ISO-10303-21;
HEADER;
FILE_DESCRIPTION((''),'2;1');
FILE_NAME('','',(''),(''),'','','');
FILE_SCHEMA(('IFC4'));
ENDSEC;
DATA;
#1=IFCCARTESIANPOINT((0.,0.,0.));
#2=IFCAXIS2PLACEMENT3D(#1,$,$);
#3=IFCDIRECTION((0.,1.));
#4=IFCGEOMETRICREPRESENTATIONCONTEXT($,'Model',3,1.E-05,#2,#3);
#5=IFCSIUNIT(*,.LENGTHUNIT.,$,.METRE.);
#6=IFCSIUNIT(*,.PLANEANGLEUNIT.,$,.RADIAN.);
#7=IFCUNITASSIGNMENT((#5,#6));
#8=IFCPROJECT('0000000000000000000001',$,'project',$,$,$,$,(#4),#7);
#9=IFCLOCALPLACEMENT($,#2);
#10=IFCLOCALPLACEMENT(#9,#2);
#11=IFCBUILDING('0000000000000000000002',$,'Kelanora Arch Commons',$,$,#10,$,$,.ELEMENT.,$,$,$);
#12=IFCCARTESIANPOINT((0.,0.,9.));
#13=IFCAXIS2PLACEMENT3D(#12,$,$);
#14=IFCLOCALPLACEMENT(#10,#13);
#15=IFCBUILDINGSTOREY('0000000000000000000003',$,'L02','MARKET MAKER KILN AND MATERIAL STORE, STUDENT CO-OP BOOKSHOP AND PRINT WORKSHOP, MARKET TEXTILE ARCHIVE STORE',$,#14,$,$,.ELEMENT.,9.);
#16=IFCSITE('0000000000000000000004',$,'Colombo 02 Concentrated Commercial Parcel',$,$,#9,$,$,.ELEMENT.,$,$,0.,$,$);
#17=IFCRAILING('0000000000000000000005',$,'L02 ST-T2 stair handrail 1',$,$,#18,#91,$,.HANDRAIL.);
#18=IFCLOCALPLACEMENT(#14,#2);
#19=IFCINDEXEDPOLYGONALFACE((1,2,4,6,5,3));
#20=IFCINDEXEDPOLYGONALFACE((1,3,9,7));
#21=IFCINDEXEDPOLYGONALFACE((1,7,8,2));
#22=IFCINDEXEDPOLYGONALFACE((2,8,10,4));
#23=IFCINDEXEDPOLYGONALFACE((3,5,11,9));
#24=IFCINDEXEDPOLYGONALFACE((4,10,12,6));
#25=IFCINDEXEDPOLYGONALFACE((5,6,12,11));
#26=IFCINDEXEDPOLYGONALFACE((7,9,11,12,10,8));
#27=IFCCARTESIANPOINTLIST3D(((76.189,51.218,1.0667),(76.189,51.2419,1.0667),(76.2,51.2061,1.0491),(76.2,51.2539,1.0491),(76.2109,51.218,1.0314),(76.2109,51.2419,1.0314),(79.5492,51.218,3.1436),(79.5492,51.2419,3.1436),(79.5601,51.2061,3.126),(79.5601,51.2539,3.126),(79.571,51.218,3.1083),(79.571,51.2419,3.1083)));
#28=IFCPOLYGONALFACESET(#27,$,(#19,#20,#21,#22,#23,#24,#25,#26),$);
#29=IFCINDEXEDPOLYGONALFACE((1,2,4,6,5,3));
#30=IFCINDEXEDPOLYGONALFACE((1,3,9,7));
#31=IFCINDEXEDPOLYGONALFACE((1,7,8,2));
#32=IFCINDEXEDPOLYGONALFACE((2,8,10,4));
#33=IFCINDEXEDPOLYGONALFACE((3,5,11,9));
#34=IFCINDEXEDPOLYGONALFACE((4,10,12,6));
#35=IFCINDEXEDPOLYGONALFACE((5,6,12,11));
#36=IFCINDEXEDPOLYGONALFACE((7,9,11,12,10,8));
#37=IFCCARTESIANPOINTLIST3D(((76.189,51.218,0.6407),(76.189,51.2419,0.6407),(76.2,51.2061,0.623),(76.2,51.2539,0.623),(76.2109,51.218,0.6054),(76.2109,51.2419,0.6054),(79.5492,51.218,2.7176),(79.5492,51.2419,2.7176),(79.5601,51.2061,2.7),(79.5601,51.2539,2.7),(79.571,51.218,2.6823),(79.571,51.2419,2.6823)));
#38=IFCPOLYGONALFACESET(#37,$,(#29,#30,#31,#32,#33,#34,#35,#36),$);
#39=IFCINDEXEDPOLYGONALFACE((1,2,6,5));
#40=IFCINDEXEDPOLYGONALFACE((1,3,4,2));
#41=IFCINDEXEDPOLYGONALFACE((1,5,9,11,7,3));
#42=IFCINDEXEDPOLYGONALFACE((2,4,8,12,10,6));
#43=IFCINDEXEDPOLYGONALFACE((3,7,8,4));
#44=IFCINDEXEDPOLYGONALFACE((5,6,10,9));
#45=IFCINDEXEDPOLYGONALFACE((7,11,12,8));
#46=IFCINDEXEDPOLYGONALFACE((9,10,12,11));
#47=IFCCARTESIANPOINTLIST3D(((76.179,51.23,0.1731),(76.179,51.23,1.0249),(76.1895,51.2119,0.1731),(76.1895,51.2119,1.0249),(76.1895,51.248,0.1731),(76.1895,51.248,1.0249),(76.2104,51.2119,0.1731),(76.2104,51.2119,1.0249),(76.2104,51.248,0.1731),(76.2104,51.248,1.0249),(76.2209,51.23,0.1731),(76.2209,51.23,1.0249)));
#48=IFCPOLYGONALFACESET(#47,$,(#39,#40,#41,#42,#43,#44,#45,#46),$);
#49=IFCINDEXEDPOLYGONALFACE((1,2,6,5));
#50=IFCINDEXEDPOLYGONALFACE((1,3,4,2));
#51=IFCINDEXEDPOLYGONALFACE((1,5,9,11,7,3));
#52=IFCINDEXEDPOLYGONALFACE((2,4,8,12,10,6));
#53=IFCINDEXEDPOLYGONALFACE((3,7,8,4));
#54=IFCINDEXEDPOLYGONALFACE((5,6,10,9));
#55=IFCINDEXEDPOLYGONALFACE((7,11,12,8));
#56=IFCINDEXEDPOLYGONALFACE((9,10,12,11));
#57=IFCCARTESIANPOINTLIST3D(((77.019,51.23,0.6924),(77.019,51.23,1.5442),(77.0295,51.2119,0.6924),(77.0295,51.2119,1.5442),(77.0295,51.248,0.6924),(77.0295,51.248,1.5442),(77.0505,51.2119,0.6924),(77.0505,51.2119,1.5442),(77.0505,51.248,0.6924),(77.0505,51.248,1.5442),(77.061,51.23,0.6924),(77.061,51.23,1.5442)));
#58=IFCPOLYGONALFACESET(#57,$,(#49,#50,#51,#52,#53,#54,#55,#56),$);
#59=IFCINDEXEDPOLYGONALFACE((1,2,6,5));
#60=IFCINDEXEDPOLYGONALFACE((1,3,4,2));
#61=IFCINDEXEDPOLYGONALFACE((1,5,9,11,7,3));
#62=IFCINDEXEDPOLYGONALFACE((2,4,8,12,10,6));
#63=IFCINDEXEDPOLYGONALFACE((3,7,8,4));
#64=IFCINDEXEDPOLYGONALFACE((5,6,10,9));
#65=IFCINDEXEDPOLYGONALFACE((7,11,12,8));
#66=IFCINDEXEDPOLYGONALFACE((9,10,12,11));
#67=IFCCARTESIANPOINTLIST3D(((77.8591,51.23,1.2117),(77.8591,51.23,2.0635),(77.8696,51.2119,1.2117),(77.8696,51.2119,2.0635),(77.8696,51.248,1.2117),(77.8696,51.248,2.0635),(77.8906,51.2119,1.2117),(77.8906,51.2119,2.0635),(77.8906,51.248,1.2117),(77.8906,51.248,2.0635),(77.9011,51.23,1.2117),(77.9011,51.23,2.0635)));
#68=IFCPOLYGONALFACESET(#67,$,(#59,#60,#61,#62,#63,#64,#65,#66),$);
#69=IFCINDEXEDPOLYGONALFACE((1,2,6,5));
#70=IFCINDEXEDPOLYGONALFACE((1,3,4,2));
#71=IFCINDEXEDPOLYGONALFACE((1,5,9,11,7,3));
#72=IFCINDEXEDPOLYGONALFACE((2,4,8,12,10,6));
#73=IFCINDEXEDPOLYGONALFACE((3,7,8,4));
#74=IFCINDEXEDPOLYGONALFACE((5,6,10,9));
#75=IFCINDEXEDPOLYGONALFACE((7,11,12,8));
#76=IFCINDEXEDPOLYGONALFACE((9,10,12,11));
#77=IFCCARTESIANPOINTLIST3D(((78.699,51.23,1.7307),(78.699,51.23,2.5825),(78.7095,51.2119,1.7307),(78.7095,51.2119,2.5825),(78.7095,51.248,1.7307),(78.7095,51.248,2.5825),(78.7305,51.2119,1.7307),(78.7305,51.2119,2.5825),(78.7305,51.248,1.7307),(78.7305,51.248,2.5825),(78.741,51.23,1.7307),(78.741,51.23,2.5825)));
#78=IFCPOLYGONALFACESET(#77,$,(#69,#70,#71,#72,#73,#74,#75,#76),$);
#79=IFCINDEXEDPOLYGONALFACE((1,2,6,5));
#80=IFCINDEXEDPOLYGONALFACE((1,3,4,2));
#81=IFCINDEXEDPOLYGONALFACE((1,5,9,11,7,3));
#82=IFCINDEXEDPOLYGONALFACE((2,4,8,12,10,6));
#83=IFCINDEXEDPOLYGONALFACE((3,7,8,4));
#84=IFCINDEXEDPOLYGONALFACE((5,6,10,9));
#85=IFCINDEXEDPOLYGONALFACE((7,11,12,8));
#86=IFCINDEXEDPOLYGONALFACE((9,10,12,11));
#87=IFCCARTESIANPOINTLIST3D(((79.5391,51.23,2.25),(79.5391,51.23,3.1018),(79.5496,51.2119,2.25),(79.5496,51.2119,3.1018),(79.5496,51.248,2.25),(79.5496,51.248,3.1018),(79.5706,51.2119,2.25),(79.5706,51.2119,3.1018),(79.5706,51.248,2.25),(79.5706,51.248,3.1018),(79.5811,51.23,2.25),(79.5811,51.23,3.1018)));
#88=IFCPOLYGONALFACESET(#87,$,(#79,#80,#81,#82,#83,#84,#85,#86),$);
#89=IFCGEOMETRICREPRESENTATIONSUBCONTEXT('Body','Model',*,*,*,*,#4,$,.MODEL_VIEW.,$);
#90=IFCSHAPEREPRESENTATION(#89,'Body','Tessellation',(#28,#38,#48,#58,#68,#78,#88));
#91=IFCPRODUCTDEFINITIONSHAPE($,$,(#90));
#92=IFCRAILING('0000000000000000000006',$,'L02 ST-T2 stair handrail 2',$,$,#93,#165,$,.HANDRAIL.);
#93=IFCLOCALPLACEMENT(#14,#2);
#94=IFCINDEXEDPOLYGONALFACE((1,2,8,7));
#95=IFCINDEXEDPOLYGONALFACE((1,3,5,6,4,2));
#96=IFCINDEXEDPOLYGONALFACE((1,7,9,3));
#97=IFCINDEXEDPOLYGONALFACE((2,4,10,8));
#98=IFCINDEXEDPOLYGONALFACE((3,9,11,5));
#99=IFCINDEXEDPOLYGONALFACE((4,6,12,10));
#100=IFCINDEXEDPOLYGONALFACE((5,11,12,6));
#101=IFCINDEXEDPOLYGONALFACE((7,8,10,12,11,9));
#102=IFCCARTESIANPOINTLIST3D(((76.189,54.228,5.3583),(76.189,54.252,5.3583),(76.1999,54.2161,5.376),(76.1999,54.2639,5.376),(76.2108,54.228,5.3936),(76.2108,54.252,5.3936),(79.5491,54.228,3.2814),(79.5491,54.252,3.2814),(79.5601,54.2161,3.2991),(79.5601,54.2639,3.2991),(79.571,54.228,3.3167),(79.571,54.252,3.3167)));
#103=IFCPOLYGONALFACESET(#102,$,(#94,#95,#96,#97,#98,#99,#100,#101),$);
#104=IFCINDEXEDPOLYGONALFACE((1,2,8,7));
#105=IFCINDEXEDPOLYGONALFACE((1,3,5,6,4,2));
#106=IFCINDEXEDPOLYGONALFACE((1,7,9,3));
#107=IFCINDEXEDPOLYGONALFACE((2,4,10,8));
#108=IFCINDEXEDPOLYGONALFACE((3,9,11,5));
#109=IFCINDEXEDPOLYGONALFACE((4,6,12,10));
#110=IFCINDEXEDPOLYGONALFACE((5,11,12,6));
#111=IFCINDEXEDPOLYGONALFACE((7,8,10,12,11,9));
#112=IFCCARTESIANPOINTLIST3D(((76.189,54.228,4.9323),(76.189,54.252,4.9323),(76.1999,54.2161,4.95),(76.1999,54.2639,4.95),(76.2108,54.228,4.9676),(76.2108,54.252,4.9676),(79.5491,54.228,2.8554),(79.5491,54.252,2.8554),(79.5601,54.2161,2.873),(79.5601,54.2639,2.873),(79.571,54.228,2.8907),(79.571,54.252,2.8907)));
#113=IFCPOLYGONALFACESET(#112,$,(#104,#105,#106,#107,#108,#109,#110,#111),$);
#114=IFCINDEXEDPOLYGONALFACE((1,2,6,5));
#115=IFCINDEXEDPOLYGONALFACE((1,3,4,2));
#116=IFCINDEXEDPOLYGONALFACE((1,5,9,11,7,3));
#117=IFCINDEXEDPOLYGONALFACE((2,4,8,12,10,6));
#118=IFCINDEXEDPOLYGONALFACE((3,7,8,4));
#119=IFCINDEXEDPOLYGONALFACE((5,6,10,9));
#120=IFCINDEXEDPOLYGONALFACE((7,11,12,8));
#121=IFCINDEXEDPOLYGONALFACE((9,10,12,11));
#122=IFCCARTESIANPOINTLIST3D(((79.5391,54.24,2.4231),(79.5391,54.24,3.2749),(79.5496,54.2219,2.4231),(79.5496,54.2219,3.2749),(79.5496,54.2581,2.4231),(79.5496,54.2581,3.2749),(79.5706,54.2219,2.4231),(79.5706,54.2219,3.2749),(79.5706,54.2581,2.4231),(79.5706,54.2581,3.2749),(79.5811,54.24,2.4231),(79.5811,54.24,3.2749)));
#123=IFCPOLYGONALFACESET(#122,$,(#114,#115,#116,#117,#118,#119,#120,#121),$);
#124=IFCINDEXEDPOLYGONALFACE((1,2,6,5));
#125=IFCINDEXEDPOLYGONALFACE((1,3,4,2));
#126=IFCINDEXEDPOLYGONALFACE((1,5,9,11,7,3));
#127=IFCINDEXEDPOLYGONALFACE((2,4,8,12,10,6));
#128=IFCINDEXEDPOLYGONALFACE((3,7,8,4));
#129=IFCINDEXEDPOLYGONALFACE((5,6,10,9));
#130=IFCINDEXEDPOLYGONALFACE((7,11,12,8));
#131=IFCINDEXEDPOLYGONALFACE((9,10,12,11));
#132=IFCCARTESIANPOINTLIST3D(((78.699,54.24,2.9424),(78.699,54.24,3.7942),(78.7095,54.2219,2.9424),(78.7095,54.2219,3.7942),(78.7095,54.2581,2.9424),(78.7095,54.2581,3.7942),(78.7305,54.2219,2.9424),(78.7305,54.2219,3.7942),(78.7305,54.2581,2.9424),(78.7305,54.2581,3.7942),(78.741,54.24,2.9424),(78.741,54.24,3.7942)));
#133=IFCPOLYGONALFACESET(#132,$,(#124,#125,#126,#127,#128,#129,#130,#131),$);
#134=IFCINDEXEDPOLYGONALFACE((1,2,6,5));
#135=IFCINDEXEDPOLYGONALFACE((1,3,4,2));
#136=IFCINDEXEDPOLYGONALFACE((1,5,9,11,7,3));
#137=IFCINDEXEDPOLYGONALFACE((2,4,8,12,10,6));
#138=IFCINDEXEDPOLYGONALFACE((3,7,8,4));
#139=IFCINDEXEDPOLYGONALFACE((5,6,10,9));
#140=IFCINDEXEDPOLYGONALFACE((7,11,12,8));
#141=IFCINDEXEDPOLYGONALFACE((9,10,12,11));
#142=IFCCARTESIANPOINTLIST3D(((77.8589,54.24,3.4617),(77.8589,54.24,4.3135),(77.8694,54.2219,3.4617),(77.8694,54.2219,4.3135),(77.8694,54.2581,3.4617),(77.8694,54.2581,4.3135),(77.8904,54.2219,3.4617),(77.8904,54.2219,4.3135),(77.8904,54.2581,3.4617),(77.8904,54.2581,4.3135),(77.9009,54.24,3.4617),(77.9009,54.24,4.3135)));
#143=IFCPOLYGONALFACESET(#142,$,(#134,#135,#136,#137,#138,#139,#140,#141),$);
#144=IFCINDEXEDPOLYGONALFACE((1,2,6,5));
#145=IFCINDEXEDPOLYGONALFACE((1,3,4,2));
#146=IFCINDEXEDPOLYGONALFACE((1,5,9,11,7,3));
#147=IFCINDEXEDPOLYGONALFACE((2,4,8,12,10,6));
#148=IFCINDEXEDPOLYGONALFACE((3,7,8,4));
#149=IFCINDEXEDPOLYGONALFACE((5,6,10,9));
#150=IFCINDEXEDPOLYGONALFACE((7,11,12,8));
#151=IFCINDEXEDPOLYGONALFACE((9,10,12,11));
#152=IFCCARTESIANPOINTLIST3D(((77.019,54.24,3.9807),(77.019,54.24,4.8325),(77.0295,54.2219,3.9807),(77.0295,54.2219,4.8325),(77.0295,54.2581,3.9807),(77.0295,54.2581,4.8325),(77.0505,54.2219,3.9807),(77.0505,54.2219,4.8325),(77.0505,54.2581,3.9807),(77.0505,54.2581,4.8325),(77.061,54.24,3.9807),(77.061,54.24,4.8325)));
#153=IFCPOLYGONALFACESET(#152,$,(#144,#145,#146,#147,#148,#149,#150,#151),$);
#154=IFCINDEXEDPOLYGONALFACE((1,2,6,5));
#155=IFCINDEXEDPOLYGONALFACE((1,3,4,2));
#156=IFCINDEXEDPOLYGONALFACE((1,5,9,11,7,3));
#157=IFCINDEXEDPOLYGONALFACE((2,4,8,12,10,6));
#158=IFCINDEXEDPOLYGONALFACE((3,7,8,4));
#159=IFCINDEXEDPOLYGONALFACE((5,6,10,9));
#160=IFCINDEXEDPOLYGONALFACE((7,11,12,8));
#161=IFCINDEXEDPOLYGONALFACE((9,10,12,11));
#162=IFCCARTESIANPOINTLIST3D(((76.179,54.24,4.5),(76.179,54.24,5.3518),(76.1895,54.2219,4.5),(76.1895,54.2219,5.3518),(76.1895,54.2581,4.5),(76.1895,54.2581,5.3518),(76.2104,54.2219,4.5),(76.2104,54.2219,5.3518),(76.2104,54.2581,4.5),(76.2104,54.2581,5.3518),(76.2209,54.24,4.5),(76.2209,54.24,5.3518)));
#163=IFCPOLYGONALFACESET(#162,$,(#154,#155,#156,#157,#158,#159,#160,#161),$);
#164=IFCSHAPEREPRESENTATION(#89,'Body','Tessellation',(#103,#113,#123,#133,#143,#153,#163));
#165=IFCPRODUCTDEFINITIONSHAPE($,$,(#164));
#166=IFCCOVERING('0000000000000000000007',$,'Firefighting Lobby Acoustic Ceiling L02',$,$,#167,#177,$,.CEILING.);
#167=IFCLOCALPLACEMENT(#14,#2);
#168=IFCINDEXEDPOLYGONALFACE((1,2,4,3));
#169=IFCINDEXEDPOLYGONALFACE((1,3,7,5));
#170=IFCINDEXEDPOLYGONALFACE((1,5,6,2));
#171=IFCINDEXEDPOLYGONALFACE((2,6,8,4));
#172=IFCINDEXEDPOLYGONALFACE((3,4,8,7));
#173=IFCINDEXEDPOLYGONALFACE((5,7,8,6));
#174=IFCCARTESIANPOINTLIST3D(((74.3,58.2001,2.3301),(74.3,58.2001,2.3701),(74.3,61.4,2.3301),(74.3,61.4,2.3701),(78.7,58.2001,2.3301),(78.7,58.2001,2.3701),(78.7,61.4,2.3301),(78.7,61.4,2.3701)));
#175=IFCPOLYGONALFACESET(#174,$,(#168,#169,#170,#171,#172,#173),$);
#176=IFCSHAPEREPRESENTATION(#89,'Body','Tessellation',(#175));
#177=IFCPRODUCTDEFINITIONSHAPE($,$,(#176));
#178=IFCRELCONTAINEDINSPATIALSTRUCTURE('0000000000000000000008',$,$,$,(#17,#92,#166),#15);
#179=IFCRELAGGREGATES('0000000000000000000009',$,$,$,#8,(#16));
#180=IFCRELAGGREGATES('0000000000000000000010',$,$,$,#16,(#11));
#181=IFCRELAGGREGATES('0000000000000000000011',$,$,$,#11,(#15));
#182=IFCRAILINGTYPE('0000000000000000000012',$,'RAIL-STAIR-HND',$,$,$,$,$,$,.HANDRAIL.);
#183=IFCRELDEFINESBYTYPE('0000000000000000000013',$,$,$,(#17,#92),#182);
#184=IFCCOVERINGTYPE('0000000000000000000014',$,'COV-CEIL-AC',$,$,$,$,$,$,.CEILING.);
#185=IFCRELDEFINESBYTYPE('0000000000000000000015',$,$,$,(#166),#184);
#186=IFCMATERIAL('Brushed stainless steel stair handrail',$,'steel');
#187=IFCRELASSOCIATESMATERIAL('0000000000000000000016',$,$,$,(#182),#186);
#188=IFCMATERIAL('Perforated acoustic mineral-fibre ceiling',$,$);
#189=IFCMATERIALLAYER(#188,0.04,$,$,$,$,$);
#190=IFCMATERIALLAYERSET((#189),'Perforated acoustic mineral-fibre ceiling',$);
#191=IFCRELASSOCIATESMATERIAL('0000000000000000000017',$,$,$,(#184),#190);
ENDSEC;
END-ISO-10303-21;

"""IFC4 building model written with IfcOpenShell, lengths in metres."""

from ifc_helpers import new_model, si_unit, direction, frame, origin, origin_2d, place, context, subcontext, project, spatial, polyline, rectangle, outline, extrude, source, transform, mapped, material, layer, layer_set, type_object, element, save


model = new_model("IFC4")

# Units and contexts
model_context = context("Model", 3, precision=1e-05, world=origin(), true_north=direction((0.0, 1.0)))
body_context = subcontext(model_context, "Body", "Model", "MODEL_VIEW")
ifc_project = project(units=[si_unit("LENGTHUNIT", "METRE"), si_unit("PLANEANGLEUNIT", "RADIAN")], contexts=[model_context])

# Site, building, storey
site_placement = place(None, origin())
site = spatial("IfcSite", under=ifc_project, at=site_placement, Name="Colombo 02 Concentrated Commercial Parcel", CompositionType="ELEMENT", RefElevation=0.0)
building_placement = place(site_placement, origin())
building = spatial("IfcBuilding", under=site, at=building_placement, Name="Kelanora Arch Commons", CompositionType="ELEMENT")
storey_placement = place(building_placement, frame((0.0, 0.0, 9.0)))
storey = spatial("IfcBuildingStorey", under=building, at=storey_placement, Name="L02", Description="MARKET MAKER KILN AND MATERIAL STORE, STUDENT CO-OP BOOKSHOP AND PRINT WORKSHOP, MARKET TEXTILE ARCHIVE STORE", CompositionType="ELEMENT", Elevation=9.0)

# Railings
ifc_material_1 = material(Name="Brushed stainless steel stair handrail", Category="steel")
railing_type_1 = type_object("IfcRailingType", Name="RAIL-STAIR-HND", PredefinedType="HANDRAIL", material=ifc_material_1)
railing_1_placement = place(storey_placement, frame((76.2, 51.23, 0.1731)))
element("IfcRailing", 1, at=railing_1_placement, inside=storey, type_object=railing_type_1, Name="L02 ST-T2 stair handrail 1", PredefinedType="HANDRAIL", context=body_context, shape_type="SweptSolid", body=[
    extrude(outline(polyline([(0.0239, 0.0), (0.012, 0.0208), (-0.012, 0.0208), (-0.0239, 0.0), (-0.012, -0.0208), (0.012, -0.0208), (0.0239, 0.0)])), frame((0.0, 0.0, 0.876), z_axis=(0.850623, 0.0, 0.525776), x_axis=(0.0, 1.0, 0.0)), (0.0, 0.0, 1.0), 3.9502),
    extrude(outline(polyline([(0.0239, 0.0), (0.012, 0.0208), (-0.012, 0.0208), (-0.0239, 0.0), (-0.012, -0.0208), (0.012, -0.0208), (0.0239, 0.0)])), frame((0.0, 0.0, 0.45), z_axis=(0.850623, 0.0, 0.525776), x_axis=(0.0, 1.0, 0.0)), (0.0, 0.0, 1.0), 3.9502),
    extrude(outline(polyline([(0.021, 0.0), (0.0105, 0.0181), (-0.0105, 0.0181), (-0.021, 0.0), (-0.0105, -0.0181), (0.0105, -0.0181), (0.021, 0.0)])), origin(), (0.0, 0.0, 1.0), 0.8518),
    extrude(outline(polyline([(0.021, 0.0), (0.0105, 0.0181), (-0.0105, 0.0181), (-0.021, 0.0), (-0.0105, -0.0181), (0.0105, -0.0181), (0.021, 0.0)])), frame((0.8401, 0.0, 0.5193)), (0.0, 0.0, 1.0), 0.8518),
    extrude(outline(polyline([(0.021, 0.0), (0.0105, 0.0181), (-0.0105, 0.0181), (-0.021, 0.0), (-0.0105, -0.0181), (0.0105, -0.0181), (0.021, 0.0)])), frame((1.6802, 0.0, 1.0386)), (0.0, 0.0, 1.0), 0.8518),
    extrude(outline(polyline([(0.021, 0.0), (0.0105, 0.0181), (-0.0105, 0.0181), (-0.021, 0.0), (-0.0105, -0.0181), (0.0105, -0.0181), (0.021, 0.0)])), frame((2.52, 0.0, 1.5576)), (0.0, 0.0, 1.0), 0.8518),
    extrude(outline(polyline([(0.021, 0.0), (0.0105, 0.0181), (-0.0105, 0.0181), (-0.021, 0.0), (-0.0105, -0.0181), (0.0105, -0.0181), (0.021, 0.0)])), frame((3.3601, 0.0, 2.0769)), (0.0, 0.0, 1.0), 0.8518),
])
railing_2_placement = place(storey_placement, frame((79.5601, 54.24, 2.4231)))
element("IfcRailing", 2, at=railing_2_placement, inside=storey, type_object=railing_type_1, Name="L02 ST-T2 stair handrail 2", PredefinedType="HANDRAIL", context=body_context, shape_type="SweptSolid", body=[
    extrude(outline(polyline([(0.0239, 0.0), (0.012, 0.0208), (-0.012, 0.0208), (-0.0239, 0.0), (-0.012, -0.0208), (0.012, -0.0208), (0.0239, 0.0)])), frame((0.0, 0.0, 0.876), z_axis=(-0.850623, 0.0, 0.525776), x_axis=(0.0, -1.0, 0.0)), (0.0, 0.0, 1.0), 3.9502),
    extrude(outline(polyline([(0.0239, 0.0), (0.012, 0.0208), (-0.012, 0.0208), (-0.0239, 0.0), (-0.012, -0.0208), (0.012, -0.0208), (0.0239, 0.0)])), frame((0.0, 0.0, 0.45), z_axis=(-0.850623, 0.0, 0.525776), x_axis=(0.0, -1.0, 0.0)), (0.0, 0.0, 1.0), 3.9502),
    extrude(outline(polyline([(0.021, 0.0), (0.0105, 0.0181), (-0.0105, 0.0181), (-0.021, 0.0), (-0.0105, -0.0181), (0.0105, -0.0181), (0.021, 0.0)])), origin(), (0.0, 0.0, 1.0), 0.8518),
    extrude(outline(polyline([(0.021, 0.0), (0.0105, 0.0181), (-0.0105, 0.0181), (-0.021, 0.0), (-0.0105, -0.0181), (0.0105, -0.0181), (0.021, 0.0)])), frame((-0.8401, 0.0, 0.5193)), (0.0, 0.0, 1.0), 0.8518),
    extrude(outline(polyline([(0.021, 0.0), (0.0105, 0.0181), (-0.0105, 0.0181), (-0.021, 0.0), (-0.0105, -0.0181), (0.0105, -0.0181), (0.021, 0.0)])), frame((-1.6802, 0.0, 1.0386)), (0.0, 0.0, 1.0), 0.8518),
    extrude(outline(polyline([(0.021, 0.0), (0.0105, 0.0181), (-0.0105, 0.0181), (-0.021, 0.0), (-0.0105, -0.0181), (0.0105, -0.0181), (0.021, 0.0)])), frame((-2.52, 0.0, 1.5576)), (0.0, 0.0, 1.0), 0.8518),
    extrude(outline(polyline([(0.021, 0.0), (0.0105, 0.0181), (-0.0105, 0.0181), (-0.021, 0.0), (-0.0105, -0.0181), (0.0105, -0.0181), (0.021, 0.0)])), frame((-3.3601, 0.0, 2.0769)), (0.0, 0.0, 1.0), 0.8518),
])

# Covering
ifc_material_2 = material(Name="Perforated acoustic mineral-fibre ceiling")
ifc_layer_1 = layer(ifc_material_2, 0.04)
ifc_layer_set_1 = layer_set([ifc_layer_1], Name="Perforated acoustic mineral-fibre ceiling")
covering_type = type_object("IfcCoveringType", Name="COV-CEIL-AC", PredefinedType="CEILING", material=ifc_layer_set_1)
shared_shape = source(origin(), body_context, "Body", "SweptSolid", [
    extrude(rectangle(XDim=4.3999, YDim=3.2, at=origin_2d()), origin(), (0.0, 0.0, 1.0), 0.04),
])
covering_placement = place(storey_placement, frame((76.5, 59.8, 2.3301), z_axis=(0.0, 0.0, 1.0), x_axis=(1.0, 0.0, 0.0)))
element("IfcCovering", 3, at=covering_placement, inside=storey, type_object=covering_type, Name="Firefighting Lobby Acoustic Ceiling L02", PredefinedType="CEILING", context=body_context, shape_type="MappedRepresentation", body=[
    mapped(shared_shape, transform((0.0, 0.0, 0.0), scale=1.0)),
])

save(model, "model.ifc")
